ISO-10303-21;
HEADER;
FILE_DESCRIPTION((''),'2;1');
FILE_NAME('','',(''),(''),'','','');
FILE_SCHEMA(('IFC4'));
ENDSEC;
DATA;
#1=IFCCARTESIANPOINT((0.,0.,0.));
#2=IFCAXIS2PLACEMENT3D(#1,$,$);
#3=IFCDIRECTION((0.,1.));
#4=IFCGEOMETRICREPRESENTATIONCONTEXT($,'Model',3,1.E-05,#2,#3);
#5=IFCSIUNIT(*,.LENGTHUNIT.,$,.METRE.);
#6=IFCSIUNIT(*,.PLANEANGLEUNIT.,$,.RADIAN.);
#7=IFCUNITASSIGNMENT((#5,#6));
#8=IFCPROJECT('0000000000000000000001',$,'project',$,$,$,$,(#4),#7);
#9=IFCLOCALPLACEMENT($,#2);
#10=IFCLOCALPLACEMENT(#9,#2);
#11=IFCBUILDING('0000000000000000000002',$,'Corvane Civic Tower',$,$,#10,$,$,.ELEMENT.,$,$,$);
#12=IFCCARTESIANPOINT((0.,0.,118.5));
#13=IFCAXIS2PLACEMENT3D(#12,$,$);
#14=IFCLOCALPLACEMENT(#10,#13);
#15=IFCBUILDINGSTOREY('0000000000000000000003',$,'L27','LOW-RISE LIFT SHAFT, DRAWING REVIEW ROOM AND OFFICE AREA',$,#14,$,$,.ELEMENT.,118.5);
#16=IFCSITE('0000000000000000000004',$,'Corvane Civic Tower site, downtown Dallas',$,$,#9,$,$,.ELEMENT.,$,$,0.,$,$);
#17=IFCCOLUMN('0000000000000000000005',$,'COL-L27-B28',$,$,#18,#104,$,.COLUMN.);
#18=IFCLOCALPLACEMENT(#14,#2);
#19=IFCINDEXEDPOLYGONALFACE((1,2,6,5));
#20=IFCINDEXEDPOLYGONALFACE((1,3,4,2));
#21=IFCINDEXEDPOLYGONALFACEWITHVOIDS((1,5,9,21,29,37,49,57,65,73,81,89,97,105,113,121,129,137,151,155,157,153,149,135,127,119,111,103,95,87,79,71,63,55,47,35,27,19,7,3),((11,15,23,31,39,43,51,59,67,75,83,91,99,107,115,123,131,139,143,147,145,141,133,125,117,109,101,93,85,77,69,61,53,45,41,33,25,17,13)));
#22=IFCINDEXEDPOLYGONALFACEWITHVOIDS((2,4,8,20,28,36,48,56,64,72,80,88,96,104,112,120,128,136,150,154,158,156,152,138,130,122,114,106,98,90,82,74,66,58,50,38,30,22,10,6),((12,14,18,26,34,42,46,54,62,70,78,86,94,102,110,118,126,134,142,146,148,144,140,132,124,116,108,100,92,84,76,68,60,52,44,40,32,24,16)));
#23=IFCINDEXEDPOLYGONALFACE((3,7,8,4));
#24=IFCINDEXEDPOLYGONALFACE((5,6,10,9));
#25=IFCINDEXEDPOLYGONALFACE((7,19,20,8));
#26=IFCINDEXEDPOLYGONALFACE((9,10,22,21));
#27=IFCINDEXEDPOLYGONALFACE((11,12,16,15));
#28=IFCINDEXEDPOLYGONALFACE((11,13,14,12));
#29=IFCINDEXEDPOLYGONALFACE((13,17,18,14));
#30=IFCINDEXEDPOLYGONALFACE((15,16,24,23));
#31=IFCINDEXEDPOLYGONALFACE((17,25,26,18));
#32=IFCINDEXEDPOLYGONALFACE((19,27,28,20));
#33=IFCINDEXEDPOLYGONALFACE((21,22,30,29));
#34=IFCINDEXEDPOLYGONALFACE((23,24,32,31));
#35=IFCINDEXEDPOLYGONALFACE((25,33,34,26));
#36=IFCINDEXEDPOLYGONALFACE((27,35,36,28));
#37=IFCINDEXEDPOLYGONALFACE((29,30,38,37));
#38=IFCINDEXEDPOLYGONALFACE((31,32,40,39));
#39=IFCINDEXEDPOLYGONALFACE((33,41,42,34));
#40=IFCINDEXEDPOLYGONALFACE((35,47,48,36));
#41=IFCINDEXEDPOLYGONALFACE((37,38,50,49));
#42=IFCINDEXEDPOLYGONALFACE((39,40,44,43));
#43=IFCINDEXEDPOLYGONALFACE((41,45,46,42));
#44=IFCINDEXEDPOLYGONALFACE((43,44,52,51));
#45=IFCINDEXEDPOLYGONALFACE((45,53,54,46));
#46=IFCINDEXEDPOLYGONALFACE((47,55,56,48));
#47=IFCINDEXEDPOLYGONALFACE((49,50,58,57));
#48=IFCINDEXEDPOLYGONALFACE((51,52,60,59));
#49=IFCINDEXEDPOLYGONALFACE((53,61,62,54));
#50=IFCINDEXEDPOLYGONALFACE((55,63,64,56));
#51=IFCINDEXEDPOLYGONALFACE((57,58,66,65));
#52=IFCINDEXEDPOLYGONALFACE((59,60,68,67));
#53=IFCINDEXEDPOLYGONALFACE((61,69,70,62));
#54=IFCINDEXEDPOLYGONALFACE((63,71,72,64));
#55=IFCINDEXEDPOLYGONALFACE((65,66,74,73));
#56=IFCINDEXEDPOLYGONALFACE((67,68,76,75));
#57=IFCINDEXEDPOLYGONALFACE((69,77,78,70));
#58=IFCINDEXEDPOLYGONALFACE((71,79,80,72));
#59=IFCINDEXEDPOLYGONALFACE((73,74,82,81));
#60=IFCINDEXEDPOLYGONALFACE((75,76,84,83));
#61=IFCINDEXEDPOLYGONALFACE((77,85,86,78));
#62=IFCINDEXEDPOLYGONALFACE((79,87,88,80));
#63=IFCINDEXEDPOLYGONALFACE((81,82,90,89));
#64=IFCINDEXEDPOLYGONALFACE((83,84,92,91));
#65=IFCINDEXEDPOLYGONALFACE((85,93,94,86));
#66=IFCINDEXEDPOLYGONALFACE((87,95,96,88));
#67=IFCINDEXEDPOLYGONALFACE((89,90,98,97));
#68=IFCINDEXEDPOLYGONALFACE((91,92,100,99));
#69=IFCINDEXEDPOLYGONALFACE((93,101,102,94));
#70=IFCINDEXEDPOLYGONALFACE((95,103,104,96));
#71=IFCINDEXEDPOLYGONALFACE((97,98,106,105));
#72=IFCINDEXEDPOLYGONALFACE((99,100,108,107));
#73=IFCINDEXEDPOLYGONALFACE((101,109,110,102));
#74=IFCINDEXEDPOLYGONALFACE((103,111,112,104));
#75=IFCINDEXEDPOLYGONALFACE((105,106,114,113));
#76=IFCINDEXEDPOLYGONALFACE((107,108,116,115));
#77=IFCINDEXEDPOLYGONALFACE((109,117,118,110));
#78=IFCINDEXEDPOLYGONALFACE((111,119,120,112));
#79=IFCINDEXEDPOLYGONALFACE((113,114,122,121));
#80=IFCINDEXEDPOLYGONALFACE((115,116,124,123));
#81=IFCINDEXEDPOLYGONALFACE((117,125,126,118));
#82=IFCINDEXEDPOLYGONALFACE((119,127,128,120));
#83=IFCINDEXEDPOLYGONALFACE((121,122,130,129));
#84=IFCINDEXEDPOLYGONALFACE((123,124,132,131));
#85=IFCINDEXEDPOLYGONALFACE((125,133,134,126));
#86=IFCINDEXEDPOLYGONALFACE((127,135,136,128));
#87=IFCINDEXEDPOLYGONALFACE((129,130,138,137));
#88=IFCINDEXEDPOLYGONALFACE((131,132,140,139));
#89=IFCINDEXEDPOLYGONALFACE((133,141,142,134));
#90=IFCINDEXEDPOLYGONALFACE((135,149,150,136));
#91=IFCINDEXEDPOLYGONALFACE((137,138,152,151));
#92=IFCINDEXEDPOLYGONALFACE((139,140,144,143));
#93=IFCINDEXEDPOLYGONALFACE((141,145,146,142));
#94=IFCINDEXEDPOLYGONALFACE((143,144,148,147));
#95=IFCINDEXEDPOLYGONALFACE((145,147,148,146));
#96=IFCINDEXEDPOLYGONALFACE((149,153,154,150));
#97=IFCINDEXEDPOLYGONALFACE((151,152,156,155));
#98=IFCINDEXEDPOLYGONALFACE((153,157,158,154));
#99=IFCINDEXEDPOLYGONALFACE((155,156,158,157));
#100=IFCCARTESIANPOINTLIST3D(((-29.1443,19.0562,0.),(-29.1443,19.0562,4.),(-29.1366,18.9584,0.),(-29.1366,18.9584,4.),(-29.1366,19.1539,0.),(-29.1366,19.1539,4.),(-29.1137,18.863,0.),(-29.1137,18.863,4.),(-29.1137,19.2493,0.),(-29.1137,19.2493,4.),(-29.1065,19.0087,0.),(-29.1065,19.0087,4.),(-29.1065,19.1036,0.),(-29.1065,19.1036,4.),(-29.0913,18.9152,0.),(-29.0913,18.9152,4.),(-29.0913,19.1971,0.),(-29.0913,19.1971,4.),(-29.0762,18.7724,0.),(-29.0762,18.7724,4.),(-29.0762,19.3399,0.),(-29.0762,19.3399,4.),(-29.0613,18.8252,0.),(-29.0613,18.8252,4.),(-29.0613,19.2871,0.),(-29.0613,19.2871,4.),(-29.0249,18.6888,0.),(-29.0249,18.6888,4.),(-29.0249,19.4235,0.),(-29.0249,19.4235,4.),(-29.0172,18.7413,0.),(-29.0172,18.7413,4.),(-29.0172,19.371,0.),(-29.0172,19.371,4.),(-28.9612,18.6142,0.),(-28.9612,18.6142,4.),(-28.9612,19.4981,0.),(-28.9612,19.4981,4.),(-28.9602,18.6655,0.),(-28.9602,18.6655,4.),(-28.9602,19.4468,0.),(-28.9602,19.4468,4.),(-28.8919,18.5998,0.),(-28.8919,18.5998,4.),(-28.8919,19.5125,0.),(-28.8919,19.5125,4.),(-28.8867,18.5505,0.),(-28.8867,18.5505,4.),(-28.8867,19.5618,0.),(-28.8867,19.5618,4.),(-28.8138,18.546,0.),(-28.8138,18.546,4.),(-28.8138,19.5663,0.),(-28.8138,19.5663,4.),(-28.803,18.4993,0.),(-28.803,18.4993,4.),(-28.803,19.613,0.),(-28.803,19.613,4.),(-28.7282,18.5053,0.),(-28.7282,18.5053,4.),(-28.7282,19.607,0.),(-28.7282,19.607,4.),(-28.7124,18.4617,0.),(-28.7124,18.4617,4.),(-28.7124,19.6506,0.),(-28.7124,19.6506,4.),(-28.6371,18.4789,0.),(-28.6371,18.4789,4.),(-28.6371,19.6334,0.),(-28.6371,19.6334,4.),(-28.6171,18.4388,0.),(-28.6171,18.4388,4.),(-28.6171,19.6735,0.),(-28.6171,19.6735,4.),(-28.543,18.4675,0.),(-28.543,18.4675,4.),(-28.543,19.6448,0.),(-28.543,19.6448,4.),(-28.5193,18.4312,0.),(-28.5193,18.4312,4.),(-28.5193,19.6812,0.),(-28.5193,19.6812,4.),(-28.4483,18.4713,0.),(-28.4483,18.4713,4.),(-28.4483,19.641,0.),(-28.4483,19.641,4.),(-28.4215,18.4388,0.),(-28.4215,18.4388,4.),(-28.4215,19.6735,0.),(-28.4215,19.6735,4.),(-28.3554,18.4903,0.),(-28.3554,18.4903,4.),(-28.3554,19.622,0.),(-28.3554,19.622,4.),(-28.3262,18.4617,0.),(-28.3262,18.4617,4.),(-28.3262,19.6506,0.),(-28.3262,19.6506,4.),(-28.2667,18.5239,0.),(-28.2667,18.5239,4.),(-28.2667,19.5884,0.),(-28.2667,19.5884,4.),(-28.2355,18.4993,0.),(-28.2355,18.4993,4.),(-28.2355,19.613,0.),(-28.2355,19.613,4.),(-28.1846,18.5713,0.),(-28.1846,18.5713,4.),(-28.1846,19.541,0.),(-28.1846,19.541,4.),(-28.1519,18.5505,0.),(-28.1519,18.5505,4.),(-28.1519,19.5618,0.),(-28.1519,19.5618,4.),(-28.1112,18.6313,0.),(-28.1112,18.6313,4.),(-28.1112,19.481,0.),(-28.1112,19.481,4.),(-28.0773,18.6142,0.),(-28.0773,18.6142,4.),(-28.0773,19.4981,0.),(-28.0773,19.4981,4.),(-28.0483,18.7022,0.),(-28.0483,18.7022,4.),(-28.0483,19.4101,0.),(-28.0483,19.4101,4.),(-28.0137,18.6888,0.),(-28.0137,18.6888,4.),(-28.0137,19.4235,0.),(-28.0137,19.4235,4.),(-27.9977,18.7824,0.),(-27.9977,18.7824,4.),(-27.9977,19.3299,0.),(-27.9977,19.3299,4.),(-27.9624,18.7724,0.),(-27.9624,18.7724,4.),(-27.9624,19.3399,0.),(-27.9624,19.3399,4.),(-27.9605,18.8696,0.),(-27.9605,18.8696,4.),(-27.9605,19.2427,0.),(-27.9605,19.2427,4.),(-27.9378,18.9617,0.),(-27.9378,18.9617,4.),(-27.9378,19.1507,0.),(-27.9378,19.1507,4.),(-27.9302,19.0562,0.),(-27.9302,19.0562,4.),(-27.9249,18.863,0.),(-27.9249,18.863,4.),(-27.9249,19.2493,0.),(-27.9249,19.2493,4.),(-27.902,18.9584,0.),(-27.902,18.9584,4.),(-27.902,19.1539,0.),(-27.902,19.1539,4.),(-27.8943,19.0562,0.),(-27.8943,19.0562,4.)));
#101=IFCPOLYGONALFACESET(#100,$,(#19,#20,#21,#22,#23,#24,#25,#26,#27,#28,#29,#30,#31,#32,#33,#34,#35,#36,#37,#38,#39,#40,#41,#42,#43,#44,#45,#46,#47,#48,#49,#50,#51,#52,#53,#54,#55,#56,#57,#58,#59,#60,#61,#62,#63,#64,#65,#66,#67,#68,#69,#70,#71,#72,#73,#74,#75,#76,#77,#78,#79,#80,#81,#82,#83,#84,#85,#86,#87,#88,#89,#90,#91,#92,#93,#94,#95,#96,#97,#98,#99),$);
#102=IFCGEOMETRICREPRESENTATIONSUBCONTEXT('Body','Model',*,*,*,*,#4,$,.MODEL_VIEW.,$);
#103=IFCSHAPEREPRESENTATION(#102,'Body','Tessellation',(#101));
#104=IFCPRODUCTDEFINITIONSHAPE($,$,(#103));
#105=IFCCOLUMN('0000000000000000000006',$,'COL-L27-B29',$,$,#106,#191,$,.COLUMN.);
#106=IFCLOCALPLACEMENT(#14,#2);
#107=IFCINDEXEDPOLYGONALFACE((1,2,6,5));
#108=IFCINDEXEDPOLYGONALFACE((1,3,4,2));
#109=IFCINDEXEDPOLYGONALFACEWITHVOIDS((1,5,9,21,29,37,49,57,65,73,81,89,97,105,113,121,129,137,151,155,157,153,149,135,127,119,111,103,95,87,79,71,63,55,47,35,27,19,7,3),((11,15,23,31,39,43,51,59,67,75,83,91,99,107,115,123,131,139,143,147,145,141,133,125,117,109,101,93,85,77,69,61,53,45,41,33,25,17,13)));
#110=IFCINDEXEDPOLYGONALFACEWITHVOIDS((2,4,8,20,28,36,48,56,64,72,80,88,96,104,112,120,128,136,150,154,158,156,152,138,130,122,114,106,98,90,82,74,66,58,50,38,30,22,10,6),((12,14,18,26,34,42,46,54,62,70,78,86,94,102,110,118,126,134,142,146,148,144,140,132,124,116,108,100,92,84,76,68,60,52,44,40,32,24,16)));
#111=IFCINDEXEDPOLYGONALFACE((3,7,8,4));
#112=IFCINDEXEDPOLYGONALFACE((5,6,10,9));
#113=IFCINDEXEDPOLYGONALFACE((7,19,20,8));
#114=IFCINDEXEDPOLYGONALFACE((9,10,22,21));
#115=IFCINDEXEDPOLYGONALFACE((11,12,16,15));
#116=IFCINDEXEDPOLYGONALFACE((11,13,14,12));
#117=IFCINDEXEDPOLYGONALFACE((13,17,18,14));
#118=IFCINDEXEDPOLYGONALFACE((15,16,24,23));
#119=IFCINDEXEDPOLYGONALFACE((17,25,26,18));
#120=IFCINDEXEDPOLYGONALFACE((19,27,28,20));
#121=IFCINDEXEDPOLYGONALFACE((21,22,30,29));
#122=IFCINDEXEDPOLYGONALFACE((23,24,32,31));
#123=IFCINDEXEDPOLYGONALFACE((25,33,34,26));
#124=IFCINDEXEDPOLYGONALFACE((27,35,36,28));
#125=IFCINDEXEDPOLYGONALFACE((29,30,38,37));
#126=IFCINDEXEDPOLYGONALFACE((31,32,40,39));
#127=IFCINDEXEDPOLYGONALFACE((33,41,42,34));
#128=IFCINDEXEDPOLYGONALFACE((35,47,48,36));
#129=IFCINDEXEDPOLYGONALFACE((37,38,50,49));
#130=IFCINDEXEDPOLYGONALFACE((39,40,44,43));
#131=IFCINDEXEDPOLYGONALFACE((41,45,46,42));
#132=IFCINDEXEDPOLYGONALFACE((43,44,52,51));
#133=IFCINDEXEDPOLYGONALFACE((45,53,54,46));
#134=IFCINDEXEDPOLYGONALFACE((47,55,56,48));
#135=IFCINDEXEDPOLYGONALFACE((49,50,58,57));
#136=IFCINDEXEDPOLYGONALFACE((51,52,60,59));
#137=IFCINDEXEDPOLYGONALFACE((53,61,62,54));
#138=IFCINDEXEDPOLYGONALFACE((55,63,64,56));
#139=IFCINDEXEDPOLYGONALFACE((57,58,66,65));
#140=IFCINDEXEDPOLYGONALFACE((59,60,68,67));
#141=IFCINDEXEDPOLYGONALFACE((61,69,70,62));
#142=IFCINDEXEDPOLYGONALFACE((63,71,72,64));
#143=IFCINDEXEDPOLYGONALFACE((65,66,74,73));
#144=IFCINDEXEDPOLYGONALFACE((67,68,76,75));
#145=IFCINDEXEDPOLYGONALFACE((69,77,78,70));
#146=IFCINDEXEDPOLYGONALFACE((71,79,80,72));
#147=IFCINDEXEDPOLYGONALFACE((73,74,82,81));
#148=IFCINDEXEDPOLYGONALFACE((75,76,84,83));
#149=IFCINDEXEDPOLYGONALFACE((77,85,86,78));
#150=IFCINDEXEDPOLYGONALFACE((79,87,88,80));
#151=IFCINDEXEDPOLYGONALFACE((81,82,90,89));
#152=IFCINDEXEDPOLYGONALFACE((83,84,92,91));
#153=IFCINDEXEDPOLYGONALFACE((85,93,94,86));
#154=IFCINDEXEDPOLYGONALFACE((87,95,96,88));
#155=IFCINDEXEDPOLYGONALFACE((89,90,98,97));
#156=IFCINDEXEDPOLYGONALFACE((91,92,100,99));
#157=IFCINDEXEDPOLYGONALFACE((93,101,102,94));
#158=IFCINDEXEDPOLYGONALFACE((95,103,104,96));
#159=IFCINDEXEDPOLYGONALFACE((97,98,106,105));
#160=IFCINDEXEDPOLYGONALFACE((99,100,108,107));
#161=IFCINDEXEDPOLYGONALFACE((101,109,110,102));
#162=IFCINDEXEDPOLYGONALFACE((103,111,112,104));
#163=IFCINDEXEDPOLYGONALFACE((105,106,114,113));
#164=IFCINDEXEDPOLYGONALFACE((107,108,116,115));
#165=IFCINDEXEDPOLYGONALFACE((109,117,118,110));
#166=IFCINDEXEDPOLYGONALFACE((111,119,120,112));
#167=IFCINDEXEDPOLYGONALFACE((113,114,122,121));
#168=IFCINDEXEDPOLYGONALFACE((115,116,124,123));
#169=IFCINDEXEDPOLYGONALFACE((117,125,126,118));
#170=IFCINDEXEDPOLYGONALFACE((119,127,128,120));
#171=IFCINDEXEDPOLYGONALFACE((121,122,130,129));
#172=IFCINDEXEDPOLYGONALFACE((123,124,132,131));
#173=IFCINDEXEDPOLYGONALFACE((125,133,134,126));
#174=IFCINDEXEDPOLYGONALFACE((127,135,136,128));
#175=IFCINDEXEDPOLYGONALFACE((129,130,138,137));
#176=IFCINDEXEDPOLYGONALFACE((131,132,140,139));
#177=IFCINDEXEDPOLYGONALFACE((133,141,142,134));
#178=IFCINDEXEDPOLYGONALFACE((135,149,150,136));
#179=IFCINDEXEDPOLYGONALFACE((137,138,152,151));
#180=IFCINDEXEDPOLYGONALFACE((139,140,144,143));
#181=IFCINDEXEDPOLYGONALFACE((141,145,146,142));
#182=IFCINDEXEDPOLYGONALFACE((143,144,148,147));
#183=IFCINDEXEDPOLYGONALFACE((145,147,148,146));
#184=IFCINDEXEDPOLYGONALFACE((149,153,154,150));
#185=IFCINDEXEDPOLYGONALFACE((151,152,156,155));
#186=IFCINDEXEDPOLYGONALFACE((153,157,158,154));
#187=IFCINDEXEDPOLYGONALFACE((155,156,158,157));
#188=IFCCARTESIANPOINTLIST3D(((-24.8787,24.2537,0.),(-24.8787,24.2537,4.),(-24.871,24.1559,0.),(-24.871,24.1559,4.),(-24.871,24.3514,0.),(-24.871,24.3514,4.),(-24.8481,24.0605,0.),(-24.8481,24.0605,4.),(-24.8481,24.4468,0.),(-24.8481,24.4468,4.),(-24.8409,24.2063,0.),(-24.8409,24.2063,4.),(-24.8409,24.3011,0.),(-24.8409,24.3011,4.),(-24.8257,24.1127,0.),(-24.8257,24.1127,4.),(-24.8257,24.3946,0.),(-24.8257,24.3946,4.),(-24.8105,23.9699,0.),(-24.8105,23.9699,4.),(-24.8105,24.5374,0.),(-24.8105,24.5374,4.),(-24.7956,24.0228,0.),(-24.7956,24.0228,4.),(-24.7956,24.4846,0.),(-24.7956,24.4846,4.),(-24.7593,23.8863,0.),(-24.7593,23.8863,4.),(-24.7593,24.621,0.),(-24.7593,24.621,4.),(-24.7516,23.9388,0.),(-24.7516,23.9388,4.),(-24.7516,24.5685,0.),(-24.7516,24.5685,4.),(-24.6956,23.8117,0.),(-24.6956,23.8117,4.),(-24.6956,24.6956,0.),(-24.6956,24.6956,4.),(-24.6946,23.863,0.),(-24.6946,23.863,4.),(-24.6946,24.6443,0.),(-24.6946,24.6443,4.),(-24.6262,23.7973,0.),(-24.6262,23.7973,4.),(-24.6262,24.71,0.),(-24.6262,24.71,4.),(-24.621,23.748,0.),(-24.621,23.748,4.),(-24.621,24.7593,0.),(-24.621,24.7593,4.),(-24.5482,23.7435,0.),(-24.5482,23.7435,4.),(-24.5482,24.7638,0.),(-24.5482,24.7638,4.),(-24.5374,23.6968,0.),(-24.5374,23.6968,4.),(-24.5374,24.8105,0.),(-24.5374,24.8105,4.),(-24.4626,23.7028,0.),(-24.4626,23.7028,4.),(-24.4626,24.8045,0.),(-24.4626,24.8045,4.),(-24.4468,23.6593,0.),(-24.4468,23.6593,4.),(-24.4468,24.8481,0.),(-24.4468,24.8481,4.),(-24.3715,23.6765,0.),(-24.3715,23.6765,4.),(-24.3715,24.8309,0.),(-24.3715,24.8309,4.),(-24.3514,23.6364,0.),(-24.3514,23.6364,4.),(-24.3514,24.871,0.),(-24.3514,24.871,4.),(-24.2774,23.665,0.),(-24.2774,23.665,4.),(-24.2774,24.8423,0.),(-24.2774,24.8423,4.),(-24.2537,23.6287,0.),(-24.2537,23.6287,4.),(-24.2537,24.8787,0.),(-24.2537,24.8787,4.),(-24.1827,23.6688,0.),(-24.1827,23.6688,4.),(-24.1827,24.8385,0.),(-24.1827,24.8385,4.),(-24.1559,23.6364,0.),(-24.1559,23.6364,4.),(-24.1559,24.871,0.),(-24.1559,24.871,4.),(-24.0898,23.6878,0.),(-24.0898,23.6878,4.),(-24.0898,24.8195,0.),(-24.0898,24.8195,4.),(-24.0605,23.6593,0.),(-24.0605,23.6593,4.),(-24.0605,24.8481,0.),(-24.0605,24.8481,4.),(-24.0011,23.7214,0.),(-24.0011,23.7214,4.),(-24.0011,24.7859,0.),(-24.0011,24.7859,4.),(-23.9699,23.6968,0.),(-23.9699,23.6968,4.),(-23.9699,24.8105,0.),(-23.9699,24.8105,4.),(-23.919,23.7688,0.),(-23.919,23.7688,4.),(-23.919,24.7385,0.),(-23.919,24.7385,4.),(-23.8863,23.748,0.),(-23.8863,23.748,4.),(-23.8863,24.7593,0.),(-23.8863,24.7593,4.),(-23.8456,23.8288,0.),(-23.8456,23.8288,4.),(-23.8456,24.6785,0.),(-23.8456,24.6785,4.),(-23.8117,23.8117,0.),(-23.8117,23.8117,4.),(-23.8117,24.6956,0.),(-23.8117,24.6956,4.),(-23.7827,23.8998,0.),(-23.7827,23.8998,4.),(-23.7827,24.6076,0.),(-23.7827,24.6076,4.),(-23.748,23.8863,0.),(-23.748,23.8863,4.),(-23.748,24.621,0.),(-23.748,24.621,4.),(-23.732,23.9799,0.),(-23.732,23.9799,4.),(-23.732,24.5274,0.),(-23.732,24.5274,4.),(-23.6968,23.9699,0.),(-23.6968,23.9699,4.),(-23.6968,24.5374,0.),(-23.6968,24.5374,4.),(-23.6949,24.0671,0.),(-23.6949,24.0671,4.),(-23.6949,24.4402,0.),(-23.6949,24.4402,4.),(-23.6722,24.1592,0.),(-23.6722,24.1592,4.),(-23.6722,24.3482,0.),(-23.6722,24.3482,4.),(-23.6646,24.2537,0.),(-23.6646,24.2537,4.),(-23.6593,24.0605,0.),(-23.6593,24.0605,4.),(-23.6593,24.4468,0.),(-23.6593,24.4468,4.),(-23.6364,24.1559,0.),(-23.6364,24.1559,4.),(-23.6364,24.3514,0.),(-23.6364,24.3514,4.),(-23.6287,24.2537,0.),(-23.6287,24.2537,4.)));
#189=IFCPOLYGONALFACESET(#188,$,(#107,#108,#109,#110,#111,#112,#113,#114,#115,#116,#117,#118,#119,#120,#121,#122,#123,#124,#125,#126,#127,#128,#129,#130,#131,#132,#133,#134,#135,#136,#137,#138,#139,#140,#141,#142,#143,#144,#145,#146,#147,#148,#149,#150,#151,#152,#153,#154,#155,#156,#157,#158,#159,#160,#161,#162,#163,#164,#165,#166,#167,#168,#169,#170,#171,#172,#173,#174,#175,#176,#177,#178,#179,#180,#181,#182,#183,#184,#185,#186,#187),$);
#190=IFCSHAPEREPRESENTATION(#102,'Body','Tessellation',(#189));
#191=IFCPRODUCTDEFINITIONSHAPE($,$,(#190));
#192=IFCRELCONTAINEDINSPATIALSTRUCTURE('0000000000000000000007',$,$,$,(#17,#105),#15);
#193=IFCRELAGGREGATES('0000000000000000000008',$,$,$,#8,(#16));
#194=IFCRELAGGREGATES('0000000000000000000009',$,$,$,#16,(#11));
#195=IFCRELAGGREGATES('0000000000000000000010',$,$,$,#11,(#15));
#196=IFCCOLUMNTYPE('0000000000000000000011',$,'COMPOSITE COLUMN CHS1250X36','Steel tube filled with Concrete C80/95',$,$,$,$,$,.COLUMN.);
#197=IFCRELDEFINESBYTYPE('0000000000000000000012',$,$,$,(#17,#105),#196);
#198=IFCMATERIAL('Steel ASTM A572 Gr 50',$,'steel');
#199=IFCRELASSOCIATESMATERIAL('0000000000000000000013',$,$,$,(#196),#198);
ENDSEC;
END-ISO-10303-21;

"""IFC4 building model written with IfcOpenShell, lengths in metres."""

from ifc_helpers import new_model, si_unit, direction, frame, origin, origin_2d, place, context, subcontext, project, spatial, hollow_circle, extrude, material, material_profile, profile_set, type_object, element, save


model = new_model("IFC4")

# Units and contexts
model_context = context("Model", 3, precision=1e-05, world=origin(), true_north=direction((0.0, 1.0)))
body_context = subcontext(model_context, "Body", "Model", "MODEL_VIEW")
ifc_project = project(units=[si_unit("LENGTHUNIT", "METRE"), si_unit("PLANEANGLEUNIT", "RADIAN")], contexts=[model_context])

# Site, building, storey
site_placement = place(None, origin())
site = spatial("IfcSite", under=ifc_project, at=site_placement, Name="Corvane Civic Tower site, downtown Dallas", CompositionType="ELEMENT", RefElevation=0.0)
building_placement = place(site_placement, origin())
building = spatial("IfcBuilding", under=site, at=building_placement, Name="Corvane Civic Tower", CompositionType="ELEMENT")
storey_placement = place(building_placement, frame((0.0, 0.0, 118.5)))
storey = spatial("IfcBuildingStorey", under=building, at=storey_placement, Name="L27", Description="LOW-RISE LIFT SHAFT, DRAWING REVIEW ROOM AND OFFICE AREA", CompositionType="ELEMENT", Elevation=118.5)

# Columns
ifc_material_1 = material(Name="Steel ASTM A572 Gr 50", Category="steel")
ifc_material_profile_1 = material_profile(ifc_material_1, hollow_circle(Radius=0.625, WallThickness=0.0359, at=origin_2d()), Name="CHS1250X36")
ifc_profile_set_1 = profile_set([ifc_material_profile_1], Name="Steel ASTM A572 Gr 50")
column_type = type_object("IfcColumnType", Name="COMPOSITE COLUMN CHS1250X36", Description="Steel tube filled with Concrete C80/95", PredefinedType="COLUMN", material=ifc_profile_set_1)
for number, where, z_axis, x_axis, name in (
    (1, (-28.5193, 19.0562, 0.0), (0.0, 0.0, 1.0), (1.0, 0.0, 0.0), "COL-L27-B28"),
    (2, (-24.2537, 24.2537, 0.0), (0.0, 0.0, 1.0), (1.0, 0.0, 0.0), "COL-L27-B29"),
):
    element("IfcColumn", number, at=place(storey_placement, frame(where, z_axis=z_axis, x_axis=x_axis)), inside=storey, type_object=column_type, Name=name, PredefinedType="COLUMN", context=body_context, shape_type="SweptSolid", body=[
        extrude(hollow_circle(Radius=0.625, WallThickness=0.0359, at=origin_2d()), origin(), (0.0, 0.0, 1.0), 4.0),
    ])

save(model, "model.ifc")
